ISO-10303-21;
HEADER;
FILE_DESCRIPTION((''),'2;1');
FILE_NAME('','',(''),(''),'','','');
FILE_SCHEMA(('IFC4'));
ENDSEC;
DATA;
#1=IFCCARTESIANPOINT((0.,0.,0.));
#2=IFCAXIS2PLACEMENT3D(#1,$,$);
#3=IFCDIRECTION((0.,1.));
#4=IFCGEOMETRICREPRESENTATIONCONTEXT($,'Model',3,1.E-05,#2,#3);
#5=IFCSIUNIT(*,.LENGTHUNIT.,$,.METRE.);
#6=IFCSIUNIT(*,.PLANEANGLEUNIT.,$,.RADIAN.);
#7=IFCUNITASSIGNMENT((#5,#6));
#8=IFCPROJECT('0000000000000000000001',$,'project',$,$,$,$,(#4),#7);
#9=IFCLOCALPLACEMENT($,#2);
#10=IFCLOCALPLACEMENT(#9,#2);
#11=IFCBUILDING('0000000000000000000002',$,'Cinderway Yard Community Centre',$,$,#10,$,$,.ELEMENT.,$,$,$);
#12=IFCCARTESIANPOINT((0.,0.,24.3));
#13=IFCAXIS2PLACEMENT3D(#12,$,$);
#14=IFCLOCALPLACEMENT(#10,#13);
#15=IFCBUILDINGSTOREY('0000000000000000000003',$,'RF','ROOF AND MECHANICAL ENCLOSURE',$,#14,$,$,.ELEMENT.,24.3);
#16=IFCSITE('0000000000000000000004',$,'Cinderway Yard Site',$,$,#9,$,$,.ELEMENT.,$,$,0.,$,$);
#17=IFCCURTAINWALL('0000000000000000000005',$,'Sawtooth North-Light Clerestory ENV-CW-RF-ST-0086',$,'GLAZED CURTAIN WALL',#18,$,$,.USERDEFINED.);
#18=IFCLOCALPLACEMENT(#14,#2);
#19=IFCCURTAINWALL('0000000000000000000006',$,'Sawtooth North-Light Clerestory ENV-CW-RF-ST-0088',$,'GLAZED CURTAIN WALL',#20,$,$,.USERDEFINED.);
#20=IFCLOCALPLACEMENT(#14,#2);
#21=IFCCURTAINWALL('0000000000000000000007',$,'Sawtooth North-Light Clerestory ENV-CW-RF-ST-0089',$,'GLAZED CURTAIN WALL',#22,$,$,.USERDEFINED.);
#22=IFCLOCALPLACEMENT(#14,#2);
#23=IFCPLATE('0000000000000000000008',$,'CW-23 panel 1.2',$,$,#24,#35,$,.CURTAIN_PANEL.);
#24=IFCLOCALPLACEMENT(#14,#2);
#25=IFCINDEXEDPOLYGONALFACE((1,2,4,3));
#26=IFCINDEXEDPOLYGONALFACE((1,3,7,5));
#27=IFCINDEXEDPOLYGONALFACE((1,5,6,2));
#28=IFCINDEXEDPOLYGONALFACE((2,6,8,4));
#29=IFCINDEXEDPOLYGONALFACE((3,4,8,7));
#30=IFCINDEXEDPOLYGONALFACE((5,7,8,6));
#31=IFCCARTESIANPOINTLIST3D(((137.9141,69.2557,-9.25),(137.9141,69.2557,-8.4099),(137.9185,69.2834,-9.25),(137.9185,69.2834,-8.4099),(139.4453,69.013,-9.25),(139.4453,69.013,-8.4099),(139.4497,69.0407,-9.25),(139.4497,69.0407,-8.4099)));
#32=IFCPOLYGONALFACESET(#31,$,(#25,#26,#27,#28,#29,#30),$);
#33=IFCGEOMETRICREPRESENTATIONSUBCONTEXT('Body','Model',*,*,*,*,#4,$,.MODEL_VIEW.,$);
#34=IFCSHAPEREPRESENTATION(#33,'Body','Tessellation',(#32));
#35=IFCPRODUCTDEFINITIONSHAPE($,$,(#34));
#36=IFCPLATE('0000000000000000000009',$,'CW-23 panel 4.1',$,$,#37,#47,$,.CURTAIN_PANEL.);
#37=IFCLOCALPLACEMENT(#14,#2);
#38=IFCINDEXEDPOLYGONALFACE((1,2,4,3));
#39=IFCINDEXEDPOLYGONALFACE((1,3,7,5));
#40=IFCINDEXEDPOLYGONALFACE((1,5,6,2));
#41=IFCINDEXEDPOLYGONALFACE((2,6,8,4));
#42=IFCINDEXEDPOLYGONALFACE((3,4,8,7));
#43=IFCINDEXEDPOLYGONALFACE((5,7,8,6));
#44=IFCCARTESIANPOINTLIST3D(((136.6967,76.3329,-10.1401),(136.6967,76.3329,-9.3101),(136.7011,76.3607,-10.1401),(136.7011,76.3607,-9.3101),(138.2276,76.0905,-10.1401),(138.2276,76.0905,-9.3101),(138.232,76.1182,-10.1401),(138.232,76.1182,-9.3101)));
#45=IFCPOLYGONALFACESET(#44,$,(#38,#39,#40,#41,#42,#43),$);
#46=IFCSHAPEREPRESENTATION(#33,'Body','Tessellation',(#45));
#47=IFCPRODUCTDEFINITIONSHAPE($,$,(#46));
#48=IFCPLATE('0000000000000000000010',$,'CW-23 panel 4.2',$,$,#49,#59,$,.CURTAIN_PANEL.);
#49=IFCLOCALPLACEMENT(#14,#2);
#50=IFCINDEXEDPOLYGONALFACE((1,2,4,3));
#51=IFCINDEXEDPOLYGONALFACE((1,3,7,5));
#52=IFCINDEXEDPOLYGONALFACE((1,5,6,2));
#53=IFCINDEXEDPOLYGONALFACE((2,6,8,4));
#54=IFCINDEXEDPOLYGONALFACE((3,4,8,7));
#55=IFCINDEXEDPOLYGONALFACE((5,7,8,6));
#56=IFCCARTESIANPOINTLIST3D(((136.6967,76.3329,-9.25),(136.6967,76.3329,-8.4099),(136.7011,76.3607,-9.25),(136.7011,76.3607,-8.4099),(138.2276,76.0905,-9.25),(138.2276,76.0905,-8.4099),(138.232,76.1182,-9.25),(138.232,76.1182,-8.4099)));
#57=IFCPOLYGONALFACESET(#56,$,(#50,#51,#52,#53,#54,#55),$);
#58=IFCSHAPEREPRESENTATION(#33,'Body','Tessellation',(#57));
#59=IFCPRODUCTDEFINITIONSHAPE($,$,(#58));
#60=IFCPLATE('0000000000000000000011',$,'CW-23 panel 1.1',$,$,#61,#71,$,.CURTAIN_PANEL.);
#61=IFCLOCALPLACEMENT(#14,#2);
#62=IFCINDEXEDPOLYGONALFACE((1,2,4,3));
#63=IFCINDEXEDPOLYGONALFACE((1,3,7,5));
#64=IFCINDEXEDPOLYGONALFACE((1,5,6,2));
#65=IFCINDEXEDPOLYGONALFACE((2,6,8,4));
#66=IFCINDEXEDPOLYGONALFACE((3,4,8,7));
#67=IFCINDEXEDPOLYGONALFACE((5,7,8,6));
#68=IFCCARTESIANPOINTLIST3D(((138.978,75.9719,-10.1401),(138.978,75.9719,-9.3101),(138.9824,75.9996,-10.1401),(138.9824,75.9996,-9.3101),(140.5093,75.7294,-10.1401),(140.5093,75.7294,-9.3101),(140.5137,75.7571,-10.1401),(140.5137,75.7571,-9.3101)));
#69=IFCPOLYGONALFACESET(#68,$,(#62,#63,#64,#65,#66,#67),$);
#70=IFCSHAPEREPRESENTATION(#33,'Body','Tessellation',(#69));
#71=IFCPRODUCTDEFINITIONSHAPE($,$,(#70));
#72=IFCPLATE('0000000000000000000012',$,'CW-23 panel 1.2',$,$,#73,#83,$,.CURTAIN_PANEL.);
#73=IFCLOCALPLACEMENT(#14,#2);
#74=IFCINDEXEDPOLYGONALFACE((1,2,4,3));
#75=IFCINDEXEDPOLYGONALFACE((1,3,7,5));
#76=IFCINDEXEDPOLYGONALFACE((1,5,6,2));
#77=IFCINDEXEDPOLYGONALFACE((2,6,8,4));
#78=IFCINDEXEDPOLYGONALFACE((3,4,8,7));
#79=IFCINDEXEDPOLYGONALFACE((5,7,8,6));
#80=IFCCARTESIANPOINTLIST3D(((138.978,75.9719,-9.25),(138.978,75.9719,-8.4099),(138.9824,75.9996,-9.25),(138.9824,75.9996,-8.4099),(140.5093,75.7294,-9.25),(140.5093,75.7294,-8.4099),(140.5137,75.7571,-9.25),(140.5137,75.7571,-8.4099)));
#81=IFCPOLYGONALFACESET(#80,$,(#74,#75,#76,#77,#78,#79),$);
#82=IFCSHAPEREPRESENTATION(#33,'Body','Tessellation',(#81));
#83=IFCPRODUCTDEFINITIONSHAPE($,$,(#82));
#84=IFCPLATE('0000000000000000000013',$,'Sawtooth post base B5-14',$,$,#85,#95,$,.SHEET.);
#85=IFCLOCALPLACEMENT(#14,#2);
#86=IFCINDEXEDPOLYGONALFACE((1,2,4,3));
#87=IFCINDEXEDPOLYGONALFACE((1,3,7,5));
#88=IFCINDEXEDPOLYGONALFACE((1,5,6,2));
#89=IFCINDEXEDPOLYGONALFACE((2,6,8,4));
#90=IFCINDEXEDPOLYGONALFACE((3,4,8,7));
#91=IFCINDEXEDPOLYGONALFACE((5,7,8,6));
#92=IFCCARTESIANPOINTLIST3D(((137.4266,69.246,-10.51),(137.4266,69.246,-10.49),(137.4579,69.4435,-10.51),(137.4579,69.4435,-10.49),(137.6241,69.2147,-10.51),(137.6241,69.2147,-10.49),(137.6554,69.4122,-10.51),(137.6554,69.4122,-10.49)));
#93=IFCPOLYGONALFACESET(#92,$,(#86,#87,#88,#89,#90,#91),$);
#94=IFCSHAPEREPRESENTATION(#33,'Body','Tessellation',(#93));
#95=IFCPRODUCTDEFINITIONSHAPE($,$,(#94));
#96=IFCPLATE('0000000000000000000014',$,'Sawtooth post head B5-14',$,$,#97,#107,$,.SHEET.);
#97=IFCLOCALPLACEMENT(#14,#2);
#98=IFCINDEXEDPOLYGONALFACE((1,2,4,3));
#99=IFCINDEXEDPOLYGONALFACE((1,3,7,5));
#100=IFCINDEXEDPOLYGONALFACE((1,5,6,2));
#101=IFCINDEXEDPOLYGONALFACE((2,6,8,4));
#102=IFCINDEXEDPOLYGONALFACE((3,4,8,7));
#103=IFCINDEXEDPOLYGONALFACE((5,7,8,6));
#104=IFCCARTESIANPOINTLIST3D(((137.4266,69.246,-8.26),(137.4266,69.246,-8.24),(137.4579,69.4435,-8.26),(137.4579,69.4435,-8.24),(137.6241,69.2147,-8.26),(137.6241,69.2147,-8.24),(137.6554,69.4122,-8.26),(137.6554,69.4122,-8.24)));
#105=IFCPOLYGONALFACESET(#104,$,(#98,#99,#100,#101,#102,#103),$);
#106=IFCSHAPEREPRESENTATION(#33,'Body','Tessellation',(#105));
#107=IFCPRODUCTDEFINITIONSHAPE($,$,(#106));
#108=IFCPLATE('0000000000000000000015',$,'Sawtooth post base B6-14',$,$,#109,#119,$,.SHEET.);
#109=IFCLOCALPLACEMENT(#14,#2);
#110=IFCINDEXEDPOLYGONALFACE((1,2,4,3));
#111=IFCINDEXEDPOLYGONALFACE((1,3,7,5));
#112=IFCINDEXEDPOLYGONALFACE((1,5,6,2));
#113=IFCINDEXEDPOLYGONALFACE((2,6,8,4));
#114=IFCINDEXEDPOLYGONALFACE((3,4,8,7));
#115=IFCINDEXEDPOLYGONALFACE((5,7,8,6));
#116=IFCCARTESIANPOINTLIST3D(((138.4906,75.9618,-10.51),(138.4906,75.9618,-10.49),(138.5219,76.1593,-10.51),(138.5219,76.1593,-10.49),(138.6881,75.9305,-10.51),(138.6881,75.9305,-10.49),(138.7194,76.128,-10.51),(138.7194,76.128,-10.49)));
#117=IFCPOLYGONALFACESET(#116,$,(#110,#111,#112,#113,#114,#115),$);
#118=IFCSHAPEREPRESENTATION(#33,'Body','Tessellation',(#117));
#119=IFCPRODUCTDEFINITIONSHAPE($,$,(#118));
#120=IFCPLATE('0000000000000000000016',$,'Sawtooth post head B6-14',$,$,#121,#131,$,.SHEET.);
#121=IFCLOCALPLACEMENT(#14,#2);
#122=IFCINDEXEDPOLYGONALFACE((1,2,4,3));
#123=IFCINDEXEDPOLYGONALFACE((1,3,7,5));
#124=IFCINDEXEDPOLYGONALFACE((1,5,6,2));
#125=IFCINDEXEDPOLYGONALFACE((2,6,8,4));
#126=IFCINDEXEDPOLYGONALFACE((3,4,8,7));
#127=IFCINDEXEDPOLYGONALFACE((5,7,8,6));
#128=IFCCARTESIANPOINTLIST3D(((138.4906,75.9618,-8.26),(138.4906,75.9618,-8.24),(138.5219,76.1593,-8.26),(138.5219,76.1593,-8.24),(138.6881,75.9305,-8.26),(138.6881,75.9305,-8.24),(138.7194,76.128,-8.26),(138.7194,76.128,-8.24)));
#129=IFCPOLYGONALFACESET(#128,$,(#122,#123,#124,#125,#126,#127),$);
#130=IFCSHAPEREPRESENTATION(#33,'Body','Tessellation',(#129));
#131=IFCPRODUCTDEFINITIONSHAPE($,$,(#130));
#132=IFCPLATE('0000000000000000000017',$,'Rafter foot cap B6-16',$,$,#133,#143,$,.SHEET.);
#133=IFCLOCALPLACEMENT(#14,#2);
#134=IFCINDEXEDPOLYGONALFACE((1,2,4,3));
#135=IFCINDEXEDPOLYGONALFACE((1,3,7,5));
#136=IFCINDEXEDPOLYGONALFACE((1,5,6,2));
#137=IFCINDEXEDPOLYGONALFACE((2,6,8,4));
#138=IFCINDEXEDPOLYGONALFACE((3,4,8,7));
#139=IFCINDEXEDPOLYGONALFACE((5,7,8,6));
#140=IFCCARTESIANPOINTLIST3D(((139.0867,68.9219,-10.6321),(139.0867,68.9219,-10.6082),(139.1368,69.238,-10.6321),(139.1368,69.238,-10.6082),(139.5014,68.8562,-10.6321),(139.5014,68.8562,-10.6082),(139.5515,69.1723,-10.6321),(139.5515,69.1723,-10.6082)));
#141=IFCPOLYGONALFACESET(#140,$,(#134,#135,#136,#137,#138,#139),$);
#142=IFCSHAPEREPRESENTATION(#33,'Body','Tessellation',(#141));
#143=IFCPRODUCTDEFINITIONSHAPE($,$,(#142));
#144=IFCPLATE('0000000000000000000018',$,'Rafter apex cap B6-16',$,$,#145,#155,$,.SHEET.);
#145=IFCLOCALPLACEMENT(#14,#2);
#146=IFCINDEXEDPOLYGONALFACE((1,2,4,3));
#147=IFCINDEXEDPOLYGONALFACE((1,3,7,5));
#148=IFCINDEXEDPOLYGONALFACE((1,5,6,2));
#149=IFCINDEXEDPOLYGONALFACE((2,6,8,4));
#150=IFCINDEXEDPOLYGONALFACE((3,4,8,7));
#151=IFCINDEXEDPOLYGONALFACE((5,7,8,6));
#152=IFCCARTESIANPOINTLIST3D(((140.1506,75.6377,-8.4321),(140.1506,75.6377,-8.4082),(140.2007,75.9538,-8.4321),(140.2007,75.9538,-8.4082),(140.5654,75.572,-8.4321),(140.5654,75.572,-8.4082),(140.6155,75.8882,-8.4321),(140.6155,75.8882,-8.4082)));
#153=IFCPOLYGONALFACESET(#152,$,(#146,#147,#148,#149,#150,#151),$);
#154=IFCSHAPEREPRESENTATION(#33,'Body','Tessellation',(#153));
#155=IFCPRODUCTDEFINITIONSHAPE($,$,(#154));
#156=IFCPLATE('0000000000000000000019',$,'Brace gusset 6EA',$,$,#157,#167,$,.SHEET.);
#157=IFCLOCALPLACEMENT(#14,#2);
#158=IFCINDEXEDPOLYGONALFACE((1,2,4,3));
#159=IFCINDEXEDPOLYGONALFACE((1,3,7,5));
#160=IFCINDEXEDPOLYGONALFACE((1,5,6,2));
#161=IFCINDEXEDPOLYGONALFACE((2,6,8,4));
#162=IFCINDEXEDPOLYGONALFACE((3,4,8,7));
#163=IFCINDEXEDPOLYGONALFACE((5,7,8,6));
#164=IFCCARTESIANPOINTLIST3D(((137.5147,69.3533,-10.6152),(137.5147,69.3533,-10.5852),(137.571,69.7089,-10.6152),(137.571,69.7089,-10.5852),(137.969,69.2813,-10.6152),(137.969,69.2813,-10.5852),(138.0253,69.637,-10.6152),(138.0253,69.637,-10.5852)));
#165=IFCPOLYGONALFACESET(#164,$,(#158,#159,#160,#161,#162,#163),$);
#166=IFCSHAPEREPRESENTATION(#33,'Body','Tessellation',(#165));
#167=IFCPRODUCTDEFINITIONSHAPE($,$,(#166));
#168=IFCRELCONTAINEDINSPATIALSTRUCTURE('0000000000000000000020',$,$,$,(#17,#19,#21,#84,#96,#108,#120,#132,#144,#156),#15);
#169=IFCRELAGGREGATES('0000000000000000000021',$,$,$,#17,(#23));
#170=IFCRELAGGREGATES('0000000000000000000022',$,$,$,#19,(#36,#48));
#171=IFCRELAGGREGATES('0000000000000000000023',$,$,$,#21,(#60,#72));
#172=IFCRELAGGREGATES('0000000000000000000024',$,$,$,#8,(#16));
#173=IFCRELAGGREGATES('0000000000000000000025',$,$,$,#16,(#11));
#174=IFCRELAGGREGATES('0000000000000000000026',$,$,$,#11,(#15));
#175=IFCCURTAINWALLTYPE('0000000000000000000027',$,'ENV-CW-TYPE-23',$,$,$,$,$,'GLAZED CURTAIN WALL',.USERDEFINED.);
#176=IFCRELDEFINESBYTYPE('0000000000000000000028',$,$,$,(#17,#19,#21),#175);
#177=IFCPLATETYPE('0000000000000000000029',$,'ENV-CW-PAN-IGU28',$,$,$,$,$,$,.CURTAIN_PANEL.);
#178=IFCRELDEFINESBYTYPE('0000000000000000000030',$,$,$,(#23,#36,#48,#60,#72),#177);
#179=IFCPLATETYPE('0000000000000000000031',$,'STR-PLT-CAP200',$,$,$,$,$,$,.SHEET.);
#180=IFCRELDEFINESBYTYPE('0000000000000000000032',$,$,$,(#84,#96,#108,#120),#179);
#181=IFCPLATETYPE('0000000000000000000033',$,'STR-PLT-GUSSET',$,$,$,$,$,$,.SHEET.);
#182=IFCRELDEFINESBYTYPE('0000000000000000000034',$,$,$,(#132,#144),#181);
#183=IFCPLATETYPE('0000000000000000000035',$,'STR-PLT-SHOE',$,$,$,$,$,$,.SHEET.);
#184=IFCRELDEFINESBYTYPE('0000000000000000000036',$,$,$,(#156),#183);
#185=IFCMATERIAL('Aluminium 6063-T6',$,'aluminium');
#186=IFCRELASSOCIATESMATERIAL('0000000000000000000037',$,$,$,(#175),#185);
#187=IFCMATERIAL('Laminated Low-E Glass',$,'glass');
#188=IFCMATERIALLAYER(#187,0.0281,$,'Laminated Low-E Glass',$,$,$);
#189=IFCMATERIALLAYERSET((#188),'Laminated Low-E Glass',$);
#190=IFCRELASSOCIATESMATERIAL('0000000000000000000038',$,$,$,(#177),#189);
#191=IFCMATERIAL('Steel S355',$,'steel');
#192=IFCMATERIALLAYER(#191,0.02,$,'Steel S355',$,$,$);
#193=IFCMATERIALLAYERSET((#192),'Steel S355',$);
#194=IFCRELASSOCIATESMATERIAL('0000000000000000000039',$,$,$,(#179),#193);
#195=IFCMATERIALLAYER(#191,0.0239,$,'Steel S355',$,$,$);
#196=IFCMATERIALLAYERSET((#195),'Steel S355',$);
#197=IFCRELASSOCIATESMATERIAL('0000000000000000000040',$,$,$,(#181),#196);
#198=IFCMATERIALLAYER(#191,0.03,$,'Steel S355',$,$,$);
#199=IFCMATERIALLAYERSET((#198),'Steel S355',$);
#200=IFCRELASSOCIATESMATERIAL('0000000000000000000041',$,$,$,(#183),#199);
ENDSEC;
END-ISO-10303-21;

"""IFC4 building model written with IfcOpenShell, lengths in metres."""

from ifc_helpers import new_model, si_unit, direction, frame, origin, origin_2d, place, context, subcontext, project, spatial, rectangle, extrude, material, layer, layer_set, type_object, element, aggregate, save


model = new_model("IFC4")

# Units and contexts
model_context = context("Model", 3, precision=1e-05, world=origin(), true_north=direction((0.0, 1.0)))
body_context = subcontext(model_context, "Body", "Model", "MODEL_VIEW")
ifc_project = project(units=[si_unit("LENGTHUNIT", "METRE"), si_unit("PLANEANGLEUNIT", "RADIAN")], contexts=[model_context])

# Site, building, storey
site_placement = place(None, origin())
site = spatial("IfcSite", under=ifc_project, at=site_placement, Name="Cinderway Yard Site", CompositionType="ELEMENT", RefElevation=0.0)
building_placement = place(site_placement, origin())
building = spatial("IfcBuilding", under=site, at=building_placement, Name="Cinderway Yard Community Centre", CompositionType="ELEMENT")
storey_placement = place(building_placement, frame((0.0, 0.0, 24.3)))
storey = spatial("IfcBuildingStorey", under=building, at=storey_placement, Name="RF", Description="ROOF AND MECHANICAL ENCLOSURE", CompositionType="ELEMENT", Elevation=24.3)

# Curtain walls
ifc_material_1 = material(Name="Aluminium 6063-T6", Category="aluminium")
curtain_wall_type = type_object("IfcCurtainWallType", Name="ENV-CW-TYPE-23", ElementType="GLAZED CURTAIN WALL", PredefinedType="USERDEFINED", material=ifc_material_1)
curtain_wall_1_placement = place(storey_placement, origin())
curtain_wall_1 = element("IfcCurtainWall", 1, at=curtain_wall_1_placement, inside=storey, type_object=curtain_wall_type, Name="Sawtooth North-Light Clerestory ENV-CW-RF-ST-0086", ObjectType="GLAZED CURTAIN WALL", PredefinedType="USERDEFINED")
curtain_wall_2_placement = place(storey_placement, origin())
curtain_wall_2 = element("IfcCurtainWall", 2, at=curtain_wall_2_placement, inside=storey, type_object=curtain_wall_type, Name="Sawtooth North-Light Clerestory ENV-CW-RF-ST-0088", ObjectType="GLAZED CURTAIN WALL", PredefinedType="USERDEFINED")

# Curtain wall
curtain_wall_3_placement = place(storey_placement, origin())
curtain_wall_3 = element("IfcCurtainWall", 3, at=curtain_wall_3_placement, inside=storey, type_object=curtain_wall_type, Name="Sawtooth North-Light Clerestory ENV-CW-RF-ST-0089", ObjectType="GLAZED CURTAIN WALL", PredefinedType="USERDEFINED")

# Shared definitions
ifc_material_2 = material(Name="Steel S355", Category="steel")

# Plates
ifc_material_3 = material(Name="Laminated Low-E Glass", Category="glass")
ifc_layer_1 = layer(ifc_material_3, 0.0281, Name="Laminated Low-E Glass")
ifc_layer_set_1 = layer_set([ifc_layer_1], Name="Laminated Low-E Glass")
plate_type_1 = type_object("IfcPlateType", Name="ENV-CW-PAN-IGU28", PredefinedType="CURTAIN_PANEL", material=ifc_layer_set_1)
plate_1_placement = place(storey_placement, frame((138.6819, 69.1482, -9.25), z_axis=(0.0, 0.0, 1.0), x_axis=(0.987673, -0.156534, 0.0)))
plate_1 = element("IfcPlate", 4, at=plate_1_placement, type_object=plate_type_1, Name="CW-23 panel 1.2", PredefinedType="CURTAIN_PANEL", context=body_context, shape_type="SweptSolid", body=[
    extrude(rectangle(XDim=1.5503, YDim=0.0281, at=origin_2d()), origin(), (0.0, 0.0, 1.0), 0.8401),
])
aggregate(curtain_wall_1, [plate_1])
plate_2_placement = place(storey_placement, frame((137.4644, 76.2256, -10.1401), z_axis=(0.0, 0.0, 1.0), x_axis=(0.987692, -0.156409, 0.0)))
plate_2 = element("IfcPlate", 5, at=plate_2_placement, type_object=plate_type_1, Name="CW-23 panel 4.1", PredefinedType="CURTAIN_PANEL", context=body_context, shape_type="SweptSolid", body=[
    extrude(rectangle(XDim=1.55, YDim=0.0281, at=origin_2d()), origin(), (0.0, 0.0, 1.0), 0.8301),
])
plate_3_placement = place(storey_placement, frame((137.4644, 76.2256, -9.25), z_axis=(0.0, 0.0, 1.0), x_axis=(0.987692, -0.156409, 0.0)))
plate_3 = element("IfcPlate", 6, at=plate_3_placement, type_object=plate_type_1, Name="CW-23 panel 4.2", PredefinedType="CURTAIN_PANEL", context=body_context, shape_type="SweptSolid", body=[
    extrude(rectangle(XDim=1.55, YDim=0.0281, at=origin_2d()), origin(), (0.0, 0.0, 1.0), 0.8401),
])
aggregate(curtain_wall_2, [plate_2, plate_3])
plate_4_placement = place(storey_placement, frame((139.7458, 75.8645, -10.1401), z_axis=(0.0, 0.0, 1.0), x_axis=(0.987696, -0.156385, 0.0)))
plate_4 = element("IfcPlate", 7, at=plate_4_placement, type_object=plate_type_1, Name="CW-23 panel 1.1", PredefinedType="CURTAIN_PANEL", context=body_context, shape_type="SweptSolid", body=[
    extrude(rectangle(XDim=1.5503, YDim=0.0281, at=origin_2d()), origin(), (0.0, 0.0, 1.0), 0.8301),
])
plate_5_placement = place(storey_placement, frame((139.7458, 75.8645, -9.25), z_axis=(0.0, 0.0, 1.0), x_axis=(0.987696, -0.156385, 0.0)))
plate_5 = element("IfcPlate", 8, at=plate_5_placement, type_object=plate_type_1, Name="CW-23 panel 1.2", PredefinedType="CURTAIN_PANEL", context=body_context, shape_type="SweptSolid", body=[
    extrude(rectangle(XDim=1.5503, YDim=0.0281, at=origin_2d()), origin(), (0.0, 0.0, 1.0), 0.8401),
])
aggregate(curtain_wall_3, [plate_4, plate_5])

# Plates
ifc_layer_2 = layer(ifc_material_2, 0.02, Name="Steel S355")
ifc_layer_set_2 = layer_set([ifc_layer_2], Name="Steel S355")
plate_type_2 = type_object("IfcPlateType", Name="STR-PLT-CAP200", PredefinedType="SHEET", material=ifc_layer_set_2)
for number, where, z_axis, x_axis, name in (
    (9, (137.541, 69.3291, -10.51), (0.0, 0.0, 1.0), (0.987688, -0.156434, 0.0), "Sawtooth post base B5-14"),
    (10, (137.541, 69.3291, -8.26), (0.0, 0.0, 1.0), (0.987688, -0.156434, 0.0), "Sawtooth post head B5-14"),
    (11, (138.605, 76.0449, -10.51), (0.0, 0.0, 1.0), (0.987688, -0.156434, 0.0), "Sawtooth post base B6-14"),
    (12, (138.605, 76.0449, -8.26), (0.0, 0.0, 1.0), (0.987688, -0.156434, 0.0), "Sawtooth post head B6-14"),
):
    element("IfcPlate", number, at=place(storey_placement, frame(where, z_axis=z_axis, x_axis=x_axis)), inside=storey, type_object=plate_type_2, Name=name, PredefinedType="SHEET", context=body_context, shape_type="SweptSolid", body=[
        extrude(rectangle(XDim=0.2, YDim=0.2, at=origin_2d()), origin(), (0.0, 0.0, 1.0), 0.02),
    ])
ifc_layer_3 = layer(ifc_material_2, 0.0239, Name="Steel S355")
ifc_layer_set_3 = layer_set([ifc_layer_3], Name="Steel S355")
plate_type_3 = type_object("IfcPlateType", Name="STR-PLT-GUSSET", PredefinedType="SHEET", material=ifc_layer_set_3)
for number, where, z_axis, x_axis, name in (
    (13, (139.3191, 69.0471, -10.6321), (0.0, 0.0, 1.0), (0.987688, -0.156434, 0.0), "Rafter foot cap B6-16"),
    (14, (140.3831, 75.7629, -8.4321), (0.0, 0.0, 1.0), (0.987688, -0.156434, 0.0), "Rafter apex cap B6-16"),
):
    element("IfcPlate", number, at=place(storey_placement, frame(where, z_axis=z_axis, x_axis=x_axis)), inside=storey, type_object=plate_type_3, Name=name, PredefinedType="SHEET", context=body_context, shape_type="SweptSolid", body=[
        extrude(rectangle(XDim=0.4199, YDim=0.3201, at=origin_2d()), origin(), (0.0, 0.0, 1.0), 0.0239),
    ])
ifc_layer_4 = layer(ifc_material_2, 0.03, Name="Steel S355")
ifc_layer_set_4 = layer_set([ifc_layer_4], Name="Steel S355")
plate_type_4 = type_object("IfcPlateType", Name="STR-PLT-SHOE", PredefinedType="SHEET", material=ifc_layer_set_4)
plate_6_placement = place(storey_placement, frame((137.77, 69.4951, -10.6152), z_axis=(0.0, 0.0, 1.0), x_axis=(0.987688, -0.156434, 0.0)))
element("IfcPlate", 15, at=plate_6_placement, inside=storey, type_object=plate_type_4, Name="Brace gusset 6EA", PredefinedType="SHEET", context=body_context, shape_type="SweptSolid", body=[
    extrude(rectangle(XDim=0.46, YDim=0.3601, at=origin_2d()), origin(), (0.0, 0.0, 1.0), 0.03),
])

save(model, "model.ifc")
